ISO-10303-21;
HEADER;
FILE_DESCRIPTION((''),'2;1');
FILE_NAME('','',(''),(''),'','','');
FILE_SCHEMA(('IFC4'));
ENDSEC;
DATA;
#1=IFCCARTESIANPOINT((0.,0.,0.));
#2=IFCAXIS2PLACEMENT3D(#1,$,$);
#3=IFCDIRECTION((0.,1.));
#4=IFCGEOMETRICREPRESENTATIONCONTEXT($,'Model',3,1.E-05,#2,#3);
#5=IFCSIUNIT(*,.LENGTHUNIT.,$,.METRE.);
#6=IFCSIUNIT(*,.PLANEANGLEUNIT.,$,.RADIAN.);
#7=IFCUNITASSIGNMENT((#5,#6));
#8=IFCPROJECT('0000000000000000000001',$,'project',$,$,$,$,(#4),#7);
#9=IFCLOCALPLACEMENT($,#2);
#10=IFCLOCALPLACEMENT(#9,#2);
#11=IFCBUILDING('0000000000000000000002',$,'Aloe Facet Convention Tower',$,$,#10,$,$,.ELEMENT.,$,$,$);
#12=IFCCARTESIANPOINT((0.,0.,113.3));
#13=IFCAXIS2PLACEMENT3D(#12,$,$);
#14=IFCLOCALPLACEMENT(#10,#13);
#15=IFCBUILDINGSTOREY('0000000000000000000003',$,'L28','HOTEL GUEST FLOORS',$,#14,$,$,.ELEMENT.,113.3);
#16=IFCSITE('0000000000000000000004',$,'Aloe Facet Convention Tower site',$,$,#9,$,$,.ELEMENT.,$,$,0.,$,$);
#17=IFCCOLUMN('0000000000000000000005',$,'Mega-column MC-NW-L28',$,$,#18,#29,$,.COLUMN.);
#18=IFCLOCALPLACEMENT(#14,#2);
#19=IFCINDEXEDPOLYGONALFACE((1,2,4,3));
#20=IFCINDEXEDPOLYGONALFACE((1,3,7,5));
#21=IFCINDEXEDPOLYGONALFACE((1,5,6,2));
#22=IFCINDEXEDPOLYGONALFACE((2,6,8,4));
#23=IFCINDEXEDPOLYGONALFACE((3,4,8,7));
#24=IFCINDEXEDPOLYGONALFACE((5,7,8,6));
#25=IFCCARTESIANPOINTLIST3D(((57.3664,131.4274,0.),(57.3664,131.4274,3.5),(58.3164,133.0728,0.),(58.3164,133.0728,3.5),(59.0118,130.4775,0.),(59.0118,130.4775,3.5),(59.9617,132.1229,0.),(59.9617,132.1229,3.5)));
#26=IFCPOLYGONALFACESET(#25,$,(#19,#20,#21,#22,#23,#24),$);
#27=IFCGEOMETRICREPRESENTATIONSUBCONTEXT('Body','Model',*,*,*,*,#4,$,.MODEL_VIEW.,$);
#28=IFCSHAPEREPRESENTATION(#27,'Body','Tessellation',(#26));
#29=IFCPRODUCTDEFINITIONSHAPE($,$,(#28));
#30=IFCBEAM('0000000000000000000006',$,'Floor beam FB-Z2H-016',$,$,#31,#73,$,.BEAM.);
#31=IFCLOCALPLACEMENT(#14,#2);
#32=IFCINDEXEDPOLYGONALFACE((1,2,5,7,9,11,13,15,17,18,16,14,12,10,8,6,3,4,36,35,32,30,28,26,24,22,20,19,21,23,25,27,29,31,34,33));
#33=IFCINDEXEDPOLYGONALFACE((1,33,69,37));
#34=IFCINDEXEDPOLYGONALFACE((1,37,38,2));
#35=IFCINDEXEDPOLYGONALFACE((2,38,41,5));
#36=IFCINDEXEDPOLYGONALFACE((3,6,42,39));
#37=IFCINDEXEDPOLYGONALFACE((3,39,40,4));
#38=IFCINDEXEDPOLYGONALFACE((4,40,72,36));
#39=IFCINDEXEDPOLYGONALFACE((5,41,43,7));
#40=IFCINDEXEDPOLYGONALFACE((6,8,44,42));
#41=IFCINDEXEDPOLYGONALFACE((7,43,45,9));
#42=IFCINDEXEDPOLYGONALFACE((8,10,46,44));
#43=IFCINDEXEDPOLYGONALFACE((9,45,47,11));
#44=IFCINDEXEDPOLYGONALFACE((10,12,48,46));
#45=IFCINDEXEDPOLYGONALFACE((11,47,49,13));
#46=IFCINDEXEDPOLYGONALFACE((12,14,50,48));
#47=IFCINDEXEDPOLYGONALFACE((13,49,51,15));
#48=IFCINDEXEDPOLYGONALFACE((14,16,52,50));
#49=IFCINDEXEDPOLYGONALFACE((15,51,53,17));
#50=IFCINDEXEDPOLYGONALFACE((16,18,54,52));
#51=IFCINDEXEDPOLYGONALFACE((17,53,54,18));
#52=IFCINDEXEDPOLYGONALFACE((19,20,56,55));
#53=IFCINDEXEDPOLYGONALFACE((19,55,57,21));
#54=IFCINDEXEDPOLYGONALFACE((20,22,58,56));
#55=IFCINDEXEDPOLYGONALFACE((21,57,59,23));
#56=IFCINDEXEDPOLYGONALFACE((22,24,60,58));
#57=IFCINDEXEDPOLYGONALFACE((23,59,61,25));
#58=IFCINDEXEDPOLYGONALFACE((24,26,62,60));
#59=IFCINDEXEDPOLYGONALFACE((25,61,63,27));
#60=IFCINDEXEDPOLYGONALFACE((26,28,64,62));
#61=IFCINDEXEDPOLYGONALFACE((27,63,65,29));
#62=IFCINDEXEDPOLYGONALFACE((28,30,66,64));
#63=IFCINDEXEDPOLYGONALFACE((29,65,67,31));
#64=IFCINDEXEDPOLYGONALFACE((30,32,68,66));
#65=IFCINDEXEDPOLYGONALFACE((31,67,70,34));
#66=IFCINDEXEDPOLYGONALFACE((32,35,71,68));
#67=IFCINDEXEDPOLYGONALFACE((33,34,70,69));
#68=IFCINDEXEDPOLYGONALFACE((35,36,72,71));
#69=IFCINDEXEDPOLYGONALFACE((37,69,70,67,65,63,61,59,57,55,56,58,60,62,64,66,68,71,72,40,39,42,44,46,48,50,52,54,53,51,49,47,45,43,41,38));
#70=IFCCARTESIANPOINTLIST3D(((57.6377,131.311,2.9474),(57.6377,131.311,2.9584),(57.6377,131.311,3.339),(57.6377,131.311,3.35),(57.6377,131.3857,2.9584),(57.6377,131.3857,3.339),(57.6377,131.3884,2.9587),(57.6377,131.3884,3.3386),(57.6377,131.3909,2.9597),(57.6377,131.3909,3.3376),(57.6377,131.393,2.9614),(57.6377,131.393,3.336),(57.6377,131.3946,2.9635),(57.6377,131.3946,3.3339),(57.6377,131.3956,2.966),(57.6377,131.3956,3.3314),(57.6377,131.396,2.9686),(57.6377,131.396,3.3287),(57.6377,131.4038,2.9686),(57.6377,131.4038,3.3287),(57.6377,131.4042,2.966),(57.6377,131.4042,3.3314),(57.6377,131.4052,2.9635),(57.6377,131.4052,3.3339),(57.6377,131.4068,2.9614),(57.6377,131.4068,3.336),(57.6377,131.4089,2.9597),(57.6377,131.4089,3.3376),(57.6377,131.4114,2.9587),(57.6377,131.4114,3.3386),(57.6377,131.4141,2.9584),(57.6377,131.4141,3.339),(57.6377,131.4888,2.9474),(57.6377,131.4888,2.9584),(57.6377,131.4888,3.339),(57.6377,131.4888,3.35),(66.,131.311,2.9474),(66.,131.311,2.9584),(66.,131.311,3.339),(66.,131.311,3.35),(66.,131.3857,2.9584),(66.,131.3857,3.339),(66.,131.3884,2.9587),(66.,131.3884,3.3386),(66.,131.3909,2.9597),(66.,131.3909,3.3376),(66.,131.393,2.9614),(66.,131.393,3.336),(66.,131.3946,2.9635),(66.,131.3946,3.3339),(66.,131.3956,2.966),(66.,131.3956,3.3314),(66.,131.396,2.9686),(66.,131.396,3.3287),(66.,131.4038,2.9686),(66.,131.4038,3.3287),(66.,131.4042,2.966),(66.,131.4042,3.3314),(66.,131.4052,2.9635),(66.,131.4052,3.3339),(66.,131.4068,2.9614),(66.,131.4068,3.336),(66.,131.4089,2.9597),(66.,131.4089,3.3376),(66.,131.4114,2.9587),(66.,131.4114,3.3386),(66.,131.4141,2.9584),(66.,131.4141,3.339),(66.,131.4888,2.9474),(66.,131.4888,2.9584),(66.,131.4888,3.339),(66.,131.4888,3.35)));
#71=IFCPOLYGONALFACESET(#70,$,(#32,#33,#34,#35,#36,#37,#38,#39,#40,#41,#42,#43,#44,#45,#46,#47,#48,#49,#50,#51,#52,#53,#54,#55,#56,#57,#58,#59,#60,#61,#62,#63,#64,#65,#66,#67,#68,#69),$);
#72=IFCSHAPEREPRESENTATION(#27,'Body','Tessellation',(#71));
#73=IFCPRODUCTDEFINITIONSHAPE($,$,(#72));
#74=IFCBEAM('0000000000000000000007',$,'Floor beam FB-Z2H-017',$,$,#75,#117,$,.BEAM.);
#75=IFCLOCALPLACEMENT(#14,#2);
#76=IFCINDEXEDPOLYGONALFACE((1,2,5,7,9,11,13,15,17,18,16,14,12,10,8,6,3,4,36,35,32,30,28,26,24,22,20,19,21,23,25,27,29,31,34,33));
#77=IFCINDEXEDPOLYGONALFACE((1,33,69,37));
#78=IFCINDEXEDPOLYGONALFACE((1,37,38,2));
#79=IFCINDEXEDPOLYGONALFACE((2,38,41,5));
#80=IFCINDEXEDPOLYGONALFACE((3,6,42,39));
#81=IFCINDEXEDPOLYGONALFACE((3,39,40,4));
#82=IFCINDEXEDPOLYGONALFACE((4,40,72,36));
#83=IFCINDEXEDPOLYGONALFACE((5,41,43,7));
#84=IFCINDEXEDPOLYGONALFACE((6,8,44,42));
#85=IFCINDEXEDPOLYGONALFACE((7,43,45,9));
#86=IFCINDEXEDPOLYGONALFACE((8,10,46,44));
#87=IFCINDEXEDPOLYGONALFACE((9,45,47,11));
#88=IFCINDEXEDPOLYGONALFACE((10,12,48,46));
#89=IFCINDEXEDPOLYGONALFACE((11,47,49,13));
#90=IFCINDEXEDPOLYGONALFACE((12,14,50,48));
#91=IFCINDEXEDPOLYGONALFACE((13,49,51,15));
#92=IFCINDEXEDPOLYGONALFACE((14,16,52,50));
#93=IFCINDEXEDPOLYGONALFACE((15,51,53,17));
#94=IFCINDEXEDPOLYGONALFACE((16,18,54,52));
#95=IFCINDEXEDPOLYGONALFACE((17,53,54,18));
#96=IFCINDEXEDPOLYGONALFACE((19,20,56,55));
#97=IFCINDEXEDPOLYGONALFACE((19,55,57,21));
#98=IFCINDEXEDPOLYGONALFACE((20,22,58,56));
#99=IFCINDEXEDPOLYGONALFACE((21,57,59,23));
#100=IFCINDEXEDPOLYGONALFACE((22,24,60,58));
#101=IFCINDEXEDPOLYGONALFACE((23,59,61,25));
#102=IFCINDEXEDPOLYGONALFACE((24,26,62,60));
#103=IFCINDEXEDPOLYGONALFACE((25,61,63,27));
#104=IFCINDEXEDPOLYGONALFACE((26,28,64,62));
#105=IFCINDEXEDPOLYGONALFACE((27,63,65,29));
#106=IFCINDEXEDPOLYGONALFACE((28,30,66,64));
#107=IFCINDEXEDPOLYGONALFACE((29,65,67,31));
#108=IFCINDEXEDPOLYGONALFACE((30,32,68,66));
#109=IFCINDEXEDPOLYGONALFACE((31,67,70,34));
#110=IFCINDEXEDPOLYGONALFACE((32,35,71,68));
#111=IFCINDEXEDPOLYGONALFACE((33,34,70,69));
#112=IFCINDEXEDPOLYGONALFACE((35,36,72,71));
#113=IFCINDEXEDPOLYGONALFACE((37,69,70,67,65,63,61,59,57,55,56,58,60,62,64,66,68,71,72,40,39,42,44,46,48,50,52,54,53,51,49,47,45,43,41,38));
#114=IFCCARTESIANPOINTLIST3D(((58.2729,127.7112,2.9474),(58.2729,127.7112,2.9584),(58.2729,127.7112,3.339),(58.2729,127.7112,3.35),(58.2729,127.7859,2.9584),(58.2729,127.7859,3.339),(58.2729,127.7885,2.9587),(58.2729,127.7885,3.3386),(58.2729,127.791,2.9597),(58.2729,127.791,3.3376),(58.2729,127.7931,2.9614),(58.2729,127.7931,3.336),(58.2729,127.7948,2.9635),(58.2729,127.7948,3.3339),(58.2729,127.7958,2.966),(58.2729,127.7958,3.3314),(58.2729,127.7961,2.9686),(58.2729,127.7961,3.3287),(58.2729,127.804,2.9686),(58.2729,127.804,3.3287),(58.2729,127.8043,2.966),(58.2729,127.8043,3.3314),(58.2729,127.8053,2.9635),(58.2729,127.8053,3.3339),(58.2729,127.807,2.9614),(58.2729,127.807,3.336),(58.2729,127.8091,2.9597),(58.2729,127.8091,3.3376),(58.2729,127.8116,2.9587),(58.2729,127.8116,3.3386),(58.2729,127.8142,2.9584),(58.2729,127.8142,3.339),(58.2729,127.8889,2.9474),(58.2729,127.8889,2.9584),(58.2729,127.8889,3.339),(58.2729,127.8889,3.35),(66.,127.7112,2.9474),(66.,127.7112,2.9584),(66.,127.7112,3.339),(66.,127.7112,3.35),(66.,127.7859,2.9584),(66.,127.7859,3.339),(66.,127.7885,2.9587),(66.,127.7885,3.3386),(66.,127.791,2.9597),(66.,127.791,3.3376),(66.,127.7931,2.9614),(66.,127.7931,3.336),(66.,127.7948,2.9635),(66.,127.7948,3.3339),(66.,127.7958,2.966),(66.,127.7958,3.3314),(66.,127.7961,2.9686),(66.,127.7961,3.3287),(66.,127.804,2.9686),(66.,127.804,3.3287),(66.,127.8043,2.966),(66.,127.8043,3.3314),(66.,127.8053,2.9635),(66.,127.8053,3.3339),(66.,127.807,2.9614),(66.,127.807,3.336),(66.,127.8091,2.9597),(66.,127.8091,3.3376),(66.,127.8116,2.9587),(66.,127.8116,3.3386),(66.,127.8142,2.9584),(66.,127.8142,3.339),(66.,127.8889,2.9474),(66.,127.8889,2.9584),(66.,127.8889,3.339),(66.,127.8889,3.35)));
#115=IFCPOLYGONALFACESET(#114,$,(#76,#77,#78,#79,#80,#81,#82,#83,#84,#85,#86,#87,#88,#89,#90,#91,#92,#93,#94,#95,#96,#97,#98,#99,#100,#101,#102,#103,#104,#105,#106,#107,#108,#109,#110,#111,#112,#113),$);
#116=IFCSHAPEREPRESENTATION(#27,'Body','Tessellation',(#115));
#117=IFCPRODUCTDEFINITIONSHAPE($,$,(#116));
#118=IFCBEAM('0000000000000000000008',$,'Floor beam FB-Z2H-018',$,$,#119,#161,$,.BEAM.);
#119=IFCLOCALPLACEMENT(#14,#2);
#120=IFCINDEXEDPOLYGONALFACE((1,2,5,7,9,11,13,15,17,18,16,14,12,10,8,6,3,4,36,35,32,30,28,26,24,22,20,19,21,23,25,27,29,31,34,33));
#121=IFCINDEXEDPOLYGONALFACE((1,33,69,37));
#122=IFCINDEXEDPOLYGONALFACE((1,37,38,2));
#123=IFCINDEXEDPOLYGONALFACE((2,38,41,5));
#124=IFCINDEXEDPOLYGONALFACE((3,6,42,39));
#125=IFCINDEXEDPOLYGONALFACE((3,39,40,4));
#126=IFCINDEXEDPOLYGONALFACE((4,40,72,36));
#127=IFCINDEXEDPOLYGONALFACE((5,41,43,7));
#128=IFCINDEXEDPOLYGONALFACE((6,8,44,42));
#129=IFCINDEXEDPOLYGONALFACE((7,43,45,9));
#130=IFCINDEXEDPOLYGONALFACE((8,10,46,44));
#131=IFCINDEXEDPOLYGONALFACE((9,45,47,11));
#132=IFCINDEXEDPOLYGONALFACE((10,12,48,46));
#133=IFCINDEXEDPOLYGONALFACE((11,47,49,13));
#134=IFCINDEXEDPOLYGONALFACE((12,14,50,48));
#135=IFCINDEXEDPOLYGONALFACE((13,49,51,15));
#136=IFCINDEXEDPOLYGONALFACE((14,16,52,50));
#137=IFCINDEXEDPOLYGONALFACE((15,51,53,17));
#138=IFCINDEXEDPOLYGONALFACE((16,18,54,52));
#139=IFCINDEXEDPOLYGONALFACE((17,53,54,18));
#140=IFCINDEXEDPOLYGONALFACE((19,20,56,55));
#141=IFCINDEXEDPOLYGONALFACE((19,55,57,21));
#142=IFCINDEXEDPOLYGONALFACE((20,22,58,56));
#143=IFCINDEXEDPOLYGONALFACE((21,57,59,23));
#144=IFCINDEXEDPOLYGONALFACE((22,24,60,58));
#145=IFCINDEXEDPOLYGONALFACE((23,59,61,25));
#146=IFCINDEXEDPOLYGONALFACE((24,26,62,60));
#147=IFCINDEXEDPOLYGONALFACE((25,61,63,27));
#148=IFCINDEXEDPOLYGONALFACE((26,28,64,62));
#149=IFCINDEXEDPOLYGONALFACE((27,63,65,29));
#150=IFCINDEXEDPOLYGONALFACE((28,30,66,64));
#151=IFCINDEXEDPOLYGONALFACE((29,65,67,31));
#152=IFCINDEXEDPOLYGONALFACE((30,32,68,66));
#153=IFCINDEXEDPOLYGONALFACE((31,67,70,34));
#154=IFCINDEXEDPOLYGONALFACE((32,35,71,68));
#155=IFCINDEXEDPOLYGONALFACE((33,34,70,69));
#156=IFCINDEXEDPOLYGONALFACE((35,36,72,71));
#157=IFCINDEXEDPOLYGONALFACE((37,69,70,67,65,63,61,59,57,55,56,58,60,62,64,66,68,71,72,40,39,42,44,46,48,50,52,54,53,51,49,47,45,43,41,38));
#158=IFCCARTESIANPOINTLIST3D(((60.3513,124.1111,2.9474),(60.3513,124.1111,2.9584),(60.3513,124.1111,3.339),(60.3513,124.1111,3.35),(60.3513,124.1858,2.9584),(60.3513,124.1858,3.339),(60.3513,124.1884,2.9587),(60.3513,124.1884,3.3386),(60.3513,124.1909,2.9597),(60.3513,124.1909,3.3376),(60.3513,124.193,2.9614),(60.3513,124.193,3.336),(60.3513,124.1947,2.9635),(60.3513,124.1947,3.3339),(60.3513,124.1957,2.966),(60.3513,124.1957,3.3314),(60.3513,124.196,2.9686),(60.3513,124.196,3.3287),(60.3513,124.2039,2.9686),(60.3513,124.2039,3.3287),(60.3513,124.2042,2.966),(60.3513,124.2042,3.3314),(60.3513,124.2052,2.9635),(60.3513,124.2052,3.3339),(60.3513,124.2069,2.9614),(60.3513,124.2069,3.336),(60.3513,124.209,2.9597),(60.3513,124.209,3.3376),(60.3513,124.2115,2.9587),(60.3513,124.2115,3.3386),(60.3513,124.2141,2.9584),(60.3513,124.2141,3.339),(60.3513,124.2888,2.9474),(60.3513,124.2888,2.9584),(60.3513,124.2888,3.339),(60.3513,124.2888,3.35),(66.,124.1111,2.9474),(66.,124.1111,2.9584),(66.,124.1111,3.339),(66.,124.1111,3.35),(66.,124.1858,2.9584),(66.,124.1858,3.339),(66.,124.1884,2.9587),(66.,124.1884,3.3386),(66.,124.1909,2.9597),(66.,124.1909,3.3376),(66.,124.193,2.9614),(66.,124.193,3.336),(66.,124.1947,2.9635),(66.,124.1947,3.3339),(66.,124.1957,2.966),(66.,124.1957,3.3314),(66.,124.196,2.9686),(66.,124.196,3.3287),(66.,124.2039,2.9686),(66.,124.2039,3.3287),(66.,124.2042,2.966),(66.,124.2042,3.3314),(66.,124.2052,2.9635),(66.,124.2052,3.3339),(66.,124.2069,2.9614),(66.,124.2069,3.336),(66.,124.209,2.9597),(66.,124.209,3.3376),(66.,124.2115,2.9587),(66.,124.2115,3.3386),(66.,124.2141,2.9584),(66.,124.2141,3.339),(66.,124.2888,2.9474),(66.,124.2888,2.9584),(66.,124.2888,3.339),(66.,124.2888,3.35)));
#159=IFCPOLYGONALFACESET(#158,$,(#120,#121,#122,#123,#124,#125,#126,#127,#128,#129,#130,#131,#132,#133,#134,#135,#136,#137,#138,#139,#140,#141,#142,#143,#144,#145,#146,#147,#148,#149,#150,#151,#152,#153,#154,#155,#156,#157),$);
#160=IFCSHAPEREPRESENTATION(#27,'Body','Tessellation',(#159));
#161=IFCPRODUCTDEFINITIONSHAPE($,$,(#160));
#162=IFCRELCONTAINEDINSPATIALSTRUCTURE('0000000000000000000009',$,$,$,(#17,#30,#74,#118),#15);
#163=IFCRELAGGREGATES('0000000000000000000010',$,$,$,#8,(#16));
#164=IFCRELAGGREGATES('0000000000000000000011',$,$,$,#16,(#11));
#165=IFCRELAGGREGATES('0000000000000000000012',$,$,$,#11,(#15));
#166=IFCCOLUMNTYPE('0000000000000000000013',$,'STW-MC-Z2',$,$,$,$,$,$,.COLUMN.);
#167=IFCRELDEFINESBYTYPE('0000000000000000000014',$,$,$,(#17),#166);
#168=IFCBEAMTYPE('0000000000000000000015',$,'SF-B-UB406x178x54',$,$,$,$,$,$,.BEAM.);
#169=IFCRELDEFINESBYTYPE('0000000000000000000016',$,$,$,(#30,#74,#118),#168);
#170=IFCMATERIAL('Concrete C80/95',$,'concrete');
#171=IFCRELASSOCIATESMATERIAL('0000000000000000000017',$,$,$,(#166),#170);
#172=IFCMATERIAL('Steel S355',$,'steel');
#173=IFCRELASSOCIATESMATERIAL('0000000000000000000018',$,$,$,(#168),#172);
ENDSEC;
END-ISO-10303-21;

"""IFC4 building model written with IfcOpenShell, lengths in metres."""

from ifc_helpers import new_model, si_unit, direction, frame, origin, origin_2d, place, context, subcontext, project, spatial, rectangle, i_section, extrude, material, material_profile, profile_set, type_object, element, save


model = new_model("IFC4")

# Units and contexts
model_context = context("Model", 3, precision=1e-05, world=origin(), true_north=direction((0.0, 1.0)))
body_context = subcontext(model_context, "Body", "Model", "MODEL_VIEW")
ifc_project = project(units=[si_unit("LENGTHUNIT", "METRE"), si_unit("PLANEANGLEUNIT", "RADIAN")], contexts=[model_context])

# Site, building, storey
site_placement = place(None, origin())
site = spatial("IfcSite", under=ifc_project, at=site_placement, Name="Aloe Facet Convention Tower site", CompositionType="ELEMENT", RefElevation=0.0)
building_placement = place(site_placement, origin())
building = spatial("IfcBuilding", under=site, at=building_placement, Name="Aloe Facet Convention Tower", CompositionType="ELEMENT")
storey_placement = place(building_placement, frame((0.0, 0.0, 113.3)))
storey = spatial("IfcBuildingStorey", under=building, at=storey_placement, Name="L28", Description="HOTEL GUEST FLOORS", CompositionType="ELEMENT", Elevation=113.3)

# Column
ifc_material_1 = material(Name="Concrete C80/95", Category="concrete")
ifc_material_profile_1 = material_profile(ifc_material_1, rectangle(XDim=1.8999, YDim=1.8999, at=origin_2d()), Name="STW-MC-Z2")
ifc_profile_set_1 = profile_set([ifc_material_profile_1], Name="Concrete C80/95")
column_type = type_object("IfcColumnType", Name="STW-MC-Z2", PredefinedType="COLUMN", material=ifc_profile_set_1)
column_placement = place(storey_placement, frame((58.6641, 131.7751, 0.0), z_axis=(0.0, 0.0, 1.0), x_axis=(-0.5, -0.866025, 0.0)))
element("IfcColumn", 1, at=column_placement, inside=storey, type_object=column_type, Name="Mega-column MC-NW-L28", PredefinedType="COLUMN", context=body_context, shape_type="SweptSolid", body=[
    extrude(rectangle(XDim=1.8999, YDim=1.8999, at=origin_2d()), origin(), (0.0, 0.0, 1.0), 3.5),
])

# Beams
ifc_material_2 = material(Name="Steel S355", Category="steel")
ifc_material_profile_2 = material_profile(ifc_material_2, i_section(OverallWidth=0.1777, OverallDepth=0.4026, WebThickness=0.0078, FlangeThickness=0.011, FilletRadius=0.0103, at=origin_2d()), Name="UB 406x178x54")
ifc_profile_set_2 = profile_set([ifc_material_profile_2], Name="Steel S355")
beam_type_1 = type_object("IfcBeamType", Name="SF-B-UB406x178x54", PredefinedType="BEAM", material=ifc_profile_set_2)
beam_1_placement = place(storey_placement, frame((57.6377, 131.3999, 3.1487), z_axis=(1.0, 0.0, 0.0), x_axis=(0.0, 1.0, 0.0)))
element("IfcBeam", 2, at=beam_1_placement, inside=storey, type_object=beam_type_1, Name="Floor beam FB-Z2H-016", PredefinedType="BEAM", context=body_context, shape_type="SweptSolid", body=[
    extrude(i_section(OverallWidth=0.1777, OverallDepth=0.4026, WebThickness=0.0078, FlangeThickness=0.011, FilletRadius=0.0103, at=origin_2d()), origin(), (0.0, 0.0, 1.0), 8.3623),
])
beam_2_placement = place(storey_placement, frame((58.2729, 127.8, 3.1487), z_axis=(1.0, 0.0, 0.0), x_axis=(0.0, 1.0, 0.0)))
element("IfcBeam", 3, at=beam_2_placement, inside=storey, type_object=beam_type_1, Name="Floor beam FB-Z2H-017", PredefinedType="BEAM", context=body_context, shape_type="SweptSolid", body=[
    extrude(i_section(OverallWidth=0.1777, OverallDepth=0.4026, WebThickness=0.0078, FlangeThickness=0.011, FilletRadius=0.0103, at=origin_2d()), origin(), (0.0, 0.0, 1.0), 7.7271),
])
beam_3_placement = place(storey_placement, frame((60.3513, 124.2, 3.1487), z_axis=(1.0, 0.0, 0.0), x_axis=(0.0, 1.0, 0.0)))
element("IfcBeam", 4, at=beam_3_placement, inside=storey, type_object=beam_type_1, Name="Floor beam FB-Z2H-018", PredefinedType="BEAM", context=body_context, shape_type="SweptSolid", body=[
    extrude(i_section(OverallWidth=0.1777, OverallDepth=0.4026, WebThickness=0.0078, FlangeThickness=0.011, FilletRadius=0.0103, at=origin_2d()), origin(), (0.0, 0.0, 1.0), 5.6487),
])

save(model, "model.ifc")
